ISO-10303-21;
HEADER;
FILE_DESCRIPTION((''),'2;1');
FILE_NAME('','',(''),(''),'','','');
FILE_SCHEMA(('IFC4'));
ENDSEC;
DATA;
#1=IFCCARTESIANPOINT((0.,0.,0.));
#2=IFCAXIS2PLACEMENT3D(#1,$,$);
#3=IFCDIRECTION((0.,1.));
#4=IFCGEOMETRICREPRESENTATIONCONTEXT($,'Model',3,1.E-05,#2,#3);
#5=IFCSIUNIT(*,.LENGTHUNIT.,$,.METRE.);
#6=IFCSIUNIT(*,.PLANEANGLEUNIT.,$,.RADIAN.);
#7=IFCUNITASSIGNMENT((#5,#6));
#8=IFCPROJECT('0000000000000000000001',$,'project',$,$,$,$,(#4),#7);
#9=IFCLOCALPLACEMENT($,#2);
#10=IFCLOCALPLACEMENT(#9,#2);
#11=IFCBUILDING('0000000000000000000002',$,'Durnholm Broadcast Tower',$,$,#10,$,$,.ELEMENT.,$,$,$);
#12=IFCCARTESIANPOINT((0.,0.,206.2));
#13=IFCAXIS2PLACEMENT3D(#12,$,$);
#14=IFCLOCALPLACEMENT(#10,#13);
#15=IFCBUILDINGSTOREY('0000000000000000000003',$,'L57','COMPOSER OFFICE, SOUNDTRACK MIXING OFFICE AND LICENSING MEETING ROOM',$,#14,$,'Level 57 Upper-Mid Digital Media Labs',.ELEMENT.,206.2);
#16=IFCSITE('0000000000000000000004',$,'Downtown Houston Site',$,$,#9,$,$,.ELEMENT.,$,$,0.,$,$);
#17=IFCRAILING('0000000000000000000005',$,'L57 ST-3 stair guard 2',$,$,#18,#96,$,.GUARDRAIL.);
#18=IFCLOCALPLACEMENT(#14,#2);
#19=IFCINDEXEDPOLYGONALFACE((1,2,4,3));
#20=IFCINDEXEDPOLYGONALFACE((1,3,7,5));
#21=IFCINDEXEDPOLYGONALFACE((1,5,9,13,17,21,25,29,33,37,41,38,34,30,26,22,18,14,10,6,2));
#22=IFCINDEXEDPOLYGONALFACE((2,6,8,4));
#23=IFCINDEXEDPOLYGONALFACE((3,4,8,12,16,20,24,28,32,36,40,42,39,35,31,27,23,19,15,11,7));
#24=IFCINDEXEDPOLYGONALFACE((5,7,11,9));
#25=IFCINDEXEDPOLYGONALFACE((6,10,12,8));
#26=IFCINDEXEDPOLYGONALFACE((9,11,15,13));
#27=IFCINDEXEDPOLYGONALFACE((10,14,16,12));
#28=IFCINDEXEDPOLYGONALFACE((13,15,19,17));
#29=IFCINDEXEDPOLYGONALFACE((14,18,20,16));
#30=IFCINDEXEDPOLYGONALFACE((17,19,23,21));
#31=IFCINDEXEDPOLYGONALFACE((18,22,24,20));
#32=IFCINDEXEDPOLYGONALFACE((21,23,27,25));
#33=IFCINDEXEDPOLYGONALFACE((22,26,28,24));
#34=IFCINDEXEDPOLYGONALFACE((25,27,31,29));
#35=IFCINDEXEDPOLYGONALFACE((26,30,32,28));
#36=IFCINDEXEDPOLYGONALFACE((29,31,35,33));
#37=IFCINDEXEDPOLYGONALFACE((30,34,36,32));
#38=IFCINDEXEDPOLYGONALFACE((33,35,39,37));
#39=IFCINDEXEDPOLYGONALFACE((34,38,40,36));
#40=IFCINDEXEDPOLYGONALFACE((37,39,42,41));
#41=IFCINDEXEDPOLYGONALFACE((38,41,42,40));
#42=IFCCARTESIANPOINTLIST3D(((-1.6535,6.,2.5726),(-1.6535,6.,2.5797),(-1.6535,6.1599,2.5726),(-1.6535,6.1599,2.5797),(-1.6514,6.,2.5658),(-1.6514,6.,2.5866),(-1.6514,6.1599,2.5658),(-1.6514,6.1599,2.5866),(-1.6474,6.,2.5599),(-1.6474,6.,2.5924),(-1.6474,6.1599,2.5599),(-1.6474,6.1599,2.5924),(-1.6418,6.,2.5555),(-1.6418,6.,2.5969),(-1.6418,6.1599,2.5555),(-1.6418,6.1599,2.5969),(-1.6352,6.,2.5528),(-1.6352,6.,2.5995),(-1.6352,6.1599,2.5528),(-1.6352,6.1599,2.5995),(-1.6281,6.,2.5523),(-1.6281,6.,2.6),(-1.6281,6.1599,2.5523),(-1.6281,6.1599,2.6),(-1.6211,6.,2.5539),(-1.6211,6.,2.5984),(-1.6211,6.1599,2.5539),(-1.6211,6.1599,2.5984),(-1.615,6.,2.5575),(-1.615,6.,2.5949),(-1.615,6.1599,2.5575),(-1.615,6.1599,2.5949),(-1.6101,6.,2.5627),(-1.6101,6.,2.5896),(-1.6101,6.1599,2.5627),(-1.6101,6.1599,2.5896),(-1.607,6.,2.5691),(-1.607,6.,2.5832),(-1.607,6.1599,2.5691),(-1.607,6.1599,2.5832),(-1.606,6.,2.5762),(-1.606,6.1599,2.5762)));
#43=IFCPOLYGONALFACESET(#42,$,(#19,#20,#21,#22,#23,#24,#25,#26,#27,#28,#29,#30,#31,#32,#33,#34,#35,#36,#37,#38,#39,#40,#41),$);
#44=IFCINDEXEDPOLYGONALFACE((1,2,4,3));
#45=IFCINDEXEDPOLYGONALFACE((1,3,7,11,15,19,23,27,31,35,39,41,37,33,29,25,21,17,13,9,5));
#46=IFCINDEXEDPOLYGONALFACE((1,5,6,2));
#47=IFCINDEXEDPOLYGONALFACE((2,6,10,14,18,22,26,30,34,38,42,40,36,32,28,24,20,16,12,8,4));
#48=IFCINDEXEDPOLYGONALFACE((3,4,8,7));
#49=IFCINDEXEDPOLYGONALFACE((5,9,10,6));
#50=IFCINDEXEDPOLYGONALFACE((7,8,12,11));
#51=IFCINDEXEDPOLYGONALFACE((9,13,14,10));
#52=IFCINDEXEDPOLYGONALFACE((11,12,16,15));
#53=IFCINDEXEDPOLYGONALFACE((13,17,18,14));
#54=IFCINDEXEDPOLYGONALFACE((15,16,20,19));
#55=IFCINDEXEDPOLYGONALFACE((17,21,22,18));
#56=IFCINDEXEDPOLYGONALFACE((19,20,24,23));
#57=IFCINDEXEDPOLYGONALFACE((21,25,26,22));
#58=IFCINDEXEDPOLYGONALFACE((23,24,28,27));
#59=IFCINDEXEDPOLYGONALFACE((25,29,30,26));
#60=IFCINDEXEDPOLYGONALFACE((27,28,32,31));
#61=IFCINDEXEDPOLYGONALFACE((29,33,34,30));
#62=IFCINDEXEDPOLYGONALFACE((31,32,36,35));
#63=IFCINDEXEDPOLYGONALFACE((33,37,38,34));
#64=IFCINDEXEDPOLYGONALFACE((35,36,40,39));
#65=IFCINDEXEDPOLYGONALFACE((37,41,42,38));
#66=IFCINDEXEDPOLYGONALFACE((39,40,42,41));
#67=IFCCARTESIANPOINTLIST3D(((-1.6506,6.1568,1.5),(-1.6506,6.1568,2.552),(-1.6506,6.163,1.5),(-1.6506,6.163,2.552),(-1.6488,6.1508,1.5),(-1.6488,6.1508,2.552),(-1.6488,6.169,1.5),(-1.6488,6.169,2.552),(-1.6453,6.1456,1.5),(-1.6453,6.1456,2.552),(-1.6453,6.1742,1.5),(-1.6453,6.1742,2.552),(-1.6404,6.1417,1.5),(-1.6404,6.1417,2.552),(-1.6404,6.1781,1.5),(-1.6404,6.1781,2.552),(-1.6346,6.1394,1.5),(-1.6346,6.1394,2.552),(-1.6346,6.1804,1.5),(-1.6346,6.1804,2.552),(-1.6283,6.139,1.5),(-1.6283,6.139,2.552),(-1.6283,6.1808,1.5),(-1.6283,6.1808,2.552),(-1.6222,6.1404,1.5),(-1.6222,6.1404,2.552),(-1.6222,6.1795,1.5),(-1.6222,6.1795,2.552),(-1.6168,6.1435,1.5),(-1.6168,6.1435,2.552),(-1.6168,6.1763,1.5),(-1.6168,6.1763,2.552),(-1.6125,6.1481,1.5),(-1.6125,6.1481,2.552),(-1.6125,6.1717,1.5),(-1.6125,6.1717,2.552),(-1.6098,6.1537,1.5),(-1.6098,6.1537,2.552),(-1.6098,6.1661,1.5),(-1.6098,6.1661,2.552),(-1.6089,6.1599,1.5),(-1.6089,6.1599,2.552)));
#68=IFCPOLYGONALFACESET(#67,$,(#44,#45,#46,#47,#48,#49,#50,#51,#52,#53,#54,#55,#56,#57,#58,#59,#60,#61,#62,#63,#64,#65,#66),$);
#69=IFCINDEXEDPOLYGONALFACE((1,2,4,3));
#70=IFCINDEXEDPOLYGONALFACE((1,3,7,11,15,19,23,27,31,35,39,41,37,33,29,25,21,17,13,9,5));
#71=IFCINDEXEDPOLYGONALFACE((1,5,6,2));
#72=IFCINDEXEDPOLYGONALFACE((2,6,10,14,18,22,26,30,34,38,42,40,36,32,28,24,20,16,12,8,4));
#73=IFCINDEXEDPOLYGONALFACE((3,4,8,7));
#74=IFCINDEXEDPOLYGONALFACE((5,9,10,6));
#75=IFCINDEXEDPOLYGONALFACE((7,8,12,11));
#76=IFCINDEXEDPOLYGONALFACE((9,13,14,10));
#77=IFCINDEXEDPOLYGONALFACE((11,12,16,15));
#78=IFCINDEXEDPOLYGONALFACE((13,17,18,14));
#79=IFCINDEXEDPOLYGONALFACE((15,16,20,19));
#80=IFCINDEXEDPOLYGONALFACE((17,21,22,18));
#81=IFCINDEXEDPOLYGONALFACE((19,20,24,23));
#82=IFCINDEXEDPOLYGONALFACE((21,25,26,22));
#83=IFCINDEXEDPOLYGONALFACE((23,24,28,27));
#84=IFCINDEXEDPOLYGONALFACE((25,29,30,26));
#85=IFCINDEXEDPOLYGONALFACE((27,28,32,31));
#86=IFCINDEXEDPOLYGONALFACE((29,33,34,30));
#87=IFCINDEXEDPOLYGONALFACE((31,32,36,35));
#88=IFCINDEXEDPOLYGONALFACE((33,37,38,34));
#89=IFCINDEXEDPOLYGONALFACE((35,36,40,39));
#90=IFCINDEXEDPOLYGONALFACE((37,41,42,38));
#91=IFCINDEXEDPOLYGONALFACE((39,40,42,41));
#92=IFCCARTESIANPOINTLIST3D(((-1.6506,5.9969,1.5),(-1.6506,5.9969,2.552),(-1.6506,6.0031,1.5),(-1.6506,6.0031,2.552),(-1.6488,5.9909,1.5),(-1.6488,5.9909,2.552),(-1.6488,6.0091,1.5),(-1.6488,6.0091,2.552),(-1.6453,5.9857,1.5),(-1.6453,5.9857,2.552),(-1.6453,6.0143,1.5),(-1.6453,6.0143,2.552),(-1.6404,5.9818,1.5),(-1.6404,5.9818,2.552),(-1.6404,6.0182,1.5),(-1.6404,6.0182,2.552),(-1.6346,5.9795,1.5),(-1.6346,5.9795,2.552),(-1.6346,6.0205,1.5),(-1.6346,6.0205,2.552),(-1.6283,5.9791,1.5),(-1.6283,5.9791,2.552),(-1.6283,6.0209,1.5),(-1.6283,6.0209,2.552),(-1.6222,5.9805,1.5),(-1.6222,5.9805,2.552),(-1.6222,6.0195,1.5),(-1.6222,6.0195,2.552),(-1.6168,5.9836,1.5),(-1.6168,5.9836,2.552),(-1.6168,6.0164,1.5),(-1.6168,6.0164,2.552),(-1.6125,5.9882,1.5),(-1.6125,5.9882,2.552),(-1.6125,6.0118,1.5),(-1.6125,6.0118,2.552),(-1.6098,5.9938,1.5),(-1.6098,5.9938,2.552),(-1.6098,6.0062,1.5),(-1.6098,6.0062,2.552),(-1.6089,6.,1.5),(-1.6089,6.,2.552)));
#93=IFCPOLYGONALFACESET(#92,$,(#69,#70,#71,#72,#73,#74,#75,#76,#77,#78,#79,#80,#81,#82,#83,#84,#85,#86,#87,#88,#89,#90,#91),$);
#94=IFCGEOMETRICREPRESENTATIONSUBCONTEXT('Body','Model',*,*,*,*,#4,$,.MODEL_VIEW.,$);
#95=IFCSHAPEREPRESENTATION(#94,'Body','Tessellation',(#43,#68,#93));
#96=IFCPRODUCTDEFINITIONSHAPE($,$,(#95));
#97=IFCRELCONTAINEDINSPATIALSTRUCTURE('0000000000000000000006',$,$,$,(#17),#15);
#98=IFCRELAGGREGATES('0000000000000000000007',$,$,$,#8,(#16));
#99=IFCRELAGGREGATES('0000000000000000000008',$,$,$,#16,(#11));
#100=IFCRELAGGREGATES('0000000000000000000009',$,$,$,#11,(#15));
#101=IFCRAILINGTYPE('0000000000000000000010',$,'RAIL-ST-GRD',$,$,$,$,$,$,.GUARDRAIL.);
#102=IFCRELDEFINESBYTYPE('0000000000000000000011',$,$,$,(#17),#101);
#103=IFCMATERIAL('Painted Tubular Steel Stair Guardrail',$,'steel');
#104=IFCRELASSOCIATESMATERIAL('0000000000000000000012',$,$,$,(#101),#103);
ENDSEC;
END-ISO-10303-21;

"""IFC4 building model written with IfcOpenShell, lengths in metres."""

from ifc_helpers import new_model, si_unit, direction, frame, origin, origin_2d, place, context, subcontext, project, spatial, circle, extrude, material, type_object, element, save


model = new_model("IFC4")

# Units and contexts
model_context = context("Model", 3, precision=1e-05, world=origin(), true_north=direction((0.0, 1.0)))
body_context = subcontext(model_context, "Body", "Model", "MODEL_VIEW")
ifc_project = project(units=[si_unit("LENGTHUNIT", "METRE"), si_unit("PLANEANGLEUNIT", "RADIAN")], contexts=[model_context])

# Site, building, storey
site_placement = place(None, origin())
site = spatial("IfcSite", under=ifc_project, at=site_placement, Name="Downtown Houston Site", CompositionType="ELEMENT", RefElevation=0.0)
building_placement = place(site_placement, origin())
building = spatial("IfcBuilding", under=site, at=building_placement, Name="Durnholm Broadcast Tower", CompositionType="ELEMENT")
storey_placement = place(building_placement, frame((0.0, 0.0, 206.2)))
storey = spatial("IfcBuildingStorey", under=building, at=storey_placement, Name="L57", Description="COMPOSER OFFICE, SOUNDTRACK MIXING OFFICE AND LICENSING MEETING ROOM", LongName="Level 57 Upper-Mid Digital Media Labs", CompositionType="ELEMENT", Elevation=206.2)

# Railing
ifc_material_1 = material(Name="Painted Tubular Steel Stair Guardrail", Category="steel")
railing_type_1 = type_object("IfcRailingType", Name="RAIL-ST-GRD", PredefinedType="GUARDRAIL", material=ifc_material_1)
railing_1_placement = place(storey_placement, frame((-1.6299, 6.1599, 1.5)))
element("IfcRailing", 1, at=railing_1_placement, inside=storey, type_object=railing_type_1, Name="L57 ST-3 stair guard 2", PredefinedType="GUARDRAIL", context=body_context, shape_type="SweptSolid", body=[
    extrude(circle(Radius=0.0239, at=origin_2d()), frame((0.0, 0.0, 1.0762), z_axis=(0.0, -1.0, 0.0), x_axis=(1.0, 0.0, 0.0)), (0.0, 0.0, 1.0), 0.1599),
    extrude(circle(Radius=0.021, at=origin_2d()), origin(), (0.0, 0.0, 1.0), 1.052),
    extrude(circle(Radius=0.021, at=origin_2d()), frame((0.0, -0.1599, 0.0)), (0.0, 0.0, 1.0), 1.052),
])

save(model, "model.ifc")
